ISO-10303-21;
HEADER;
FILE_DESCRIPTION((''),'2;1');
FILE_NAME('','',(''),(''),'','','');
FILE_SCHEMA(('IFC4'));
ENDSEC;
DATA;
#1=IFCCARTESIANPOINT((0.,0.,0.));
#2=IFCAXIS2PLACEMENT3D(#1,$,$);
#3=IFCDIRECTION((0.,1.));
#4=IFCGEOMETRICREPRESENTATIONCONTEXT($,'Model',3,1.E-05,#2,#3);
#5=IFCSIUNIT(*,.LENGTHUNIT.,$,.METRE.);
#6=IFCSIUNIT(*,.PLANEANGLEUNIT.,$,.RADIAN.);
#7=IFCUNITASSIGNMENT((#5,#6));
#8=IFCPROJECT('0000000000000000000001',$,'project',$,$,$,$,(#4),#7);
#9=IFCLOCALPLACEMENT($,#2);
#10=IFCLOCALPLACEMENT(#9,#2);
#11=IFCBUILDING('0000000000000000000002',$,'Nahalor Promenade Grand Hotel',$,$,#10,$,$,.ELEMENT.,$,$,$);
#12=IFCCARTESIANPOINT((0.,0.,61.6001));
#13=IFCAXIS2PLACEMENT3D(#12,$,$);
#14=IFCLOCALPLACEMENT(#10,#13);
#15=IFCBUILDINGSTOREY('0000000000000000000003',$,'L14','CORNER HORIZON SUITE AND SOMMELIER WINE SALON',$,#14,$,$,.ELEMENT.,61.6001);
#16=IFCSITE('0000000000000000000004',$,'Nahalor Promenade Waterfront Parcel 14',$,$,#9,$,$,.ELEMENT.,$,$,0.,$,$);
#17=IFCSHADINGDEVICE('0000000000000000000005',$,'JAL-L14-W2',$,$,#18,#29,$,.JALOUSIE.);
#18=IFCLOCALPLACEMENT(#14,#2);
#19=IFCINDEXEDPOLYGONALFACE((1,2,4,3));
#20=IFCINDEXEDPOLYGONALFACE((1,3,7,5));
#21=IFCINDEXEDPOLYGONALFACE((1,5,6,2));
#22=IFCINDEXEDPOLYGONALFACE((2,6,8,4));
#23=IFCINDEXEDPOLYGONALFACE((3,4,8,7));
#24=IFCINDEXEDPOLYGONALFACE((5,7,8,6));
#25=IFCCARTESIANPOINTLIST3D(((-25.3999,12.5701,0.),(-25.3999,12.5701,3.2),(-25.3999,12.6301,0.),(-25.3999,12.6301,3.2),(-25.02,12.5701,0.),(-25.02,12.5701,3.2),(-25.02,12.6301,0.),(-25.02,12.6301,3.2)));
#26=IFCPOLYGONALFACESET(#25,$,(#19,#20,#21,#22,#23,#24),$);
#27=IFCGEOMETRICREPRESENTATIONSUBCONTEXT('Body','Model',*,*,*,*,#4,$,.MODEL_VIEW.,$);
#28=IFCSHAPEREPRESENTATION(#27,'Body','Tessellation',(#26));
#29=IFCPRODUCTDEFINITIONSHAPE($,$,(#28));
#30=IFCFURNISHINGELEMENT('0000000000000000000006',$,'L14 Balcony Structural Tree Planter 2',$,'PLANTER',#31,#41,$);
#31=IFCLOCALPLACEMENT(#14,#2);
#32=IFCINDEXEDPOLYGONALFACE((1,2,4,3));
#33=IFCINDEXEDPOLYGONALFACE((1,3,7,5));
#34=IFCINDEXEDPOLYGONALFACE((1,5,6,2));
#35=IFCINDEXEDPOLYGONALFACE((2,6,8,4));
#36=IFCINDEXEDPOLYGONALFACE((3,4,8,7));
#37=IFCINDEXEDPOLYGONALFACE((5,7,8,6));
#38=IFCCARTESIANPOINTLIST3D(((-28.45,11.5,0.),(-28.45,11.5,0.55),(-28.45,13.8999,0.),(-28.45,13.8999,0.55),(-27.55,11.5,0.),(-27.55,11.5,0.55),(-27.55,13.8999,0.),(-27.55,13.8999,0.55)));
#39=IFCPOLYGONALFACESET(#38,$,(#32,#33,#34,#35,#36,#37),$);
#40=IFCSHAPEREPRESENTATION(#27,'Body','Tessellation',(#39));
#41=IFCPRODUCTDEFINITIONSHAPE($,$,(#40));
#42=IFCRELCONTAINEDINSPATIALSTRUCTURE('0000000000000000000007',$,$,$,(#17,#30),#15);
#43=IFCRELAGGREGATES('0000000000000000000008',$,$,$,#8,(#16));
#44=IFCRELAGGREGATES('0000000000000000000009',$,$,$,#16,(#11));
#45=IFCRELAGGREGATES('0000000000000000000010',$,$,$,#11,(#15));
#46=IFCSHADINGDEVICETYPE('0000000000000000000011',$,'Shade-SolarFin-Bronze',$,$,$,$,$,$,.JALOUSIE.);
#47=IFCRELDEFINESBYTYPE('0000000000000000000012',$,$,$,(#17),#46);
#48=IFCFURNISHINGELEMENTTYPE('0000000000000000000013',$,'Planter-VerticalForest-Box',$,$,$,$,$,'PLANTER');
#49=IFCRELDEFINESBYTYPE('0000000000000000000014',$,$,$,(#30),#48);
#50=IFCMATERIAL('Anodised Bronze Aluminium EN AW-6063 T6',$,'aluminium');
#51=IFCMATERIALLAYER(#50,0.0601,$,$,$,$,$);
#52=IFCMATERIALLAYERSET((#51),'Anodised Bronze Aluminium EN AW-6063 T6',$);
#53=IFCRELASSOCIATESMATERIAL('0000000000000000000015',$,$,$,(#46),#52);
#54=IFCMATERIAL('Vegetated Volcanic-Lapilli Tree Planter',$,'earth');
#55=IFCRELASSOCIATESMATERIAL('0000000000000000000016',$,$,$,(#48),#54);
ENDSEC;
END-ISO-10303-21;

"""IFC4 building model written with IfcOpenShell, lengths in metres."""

from ifc_helpers import new_model, si_unit, direction, frame, origin, origin_2d, place, context, subcontext, project, spatial, rectangle, extrude, source, transform, mapped, material, layer, layer_set, type_object, element, save


model = new_model("IFC4")

# Units and contexts
model_context = context("Model", 3, precision=1e-05, world=origin(), true_north=direction((0.0, 1.0)))
body_context = subcontext(model_context, "Body", "Model", "MODEL_VIEW")
ifc_project = project(units=[si_unit("LENGTHUNIT", "METRE"), si_unit("PLANEANGLEUNIT", "RADIAN")], contexts=[model_context])

# Site, building, storey
site_placement = place(None, origin())
site = spatial("IfcSite", under=ifc_project, at=site_placement, Name="Nahalor Promenade Waterfront Parcel 14", CompositionType="ELEMENT", RefElevation=0.0)
building_placement = place(site_placement, origin())
building = spatial("IfcBuilding", under=site, at=building_placement, Name="Nahalor Promenade Grand Hotel", CompositionType="ELEMENT")
storey_placement = place(building_placement, frame((0.0, 0.0, 61.6001)))
storey = spatial("IfcBuildingStorey", under=building, at=storey_placement, Name="L14", Description="CORNER HORIZON SUITE AND SOMMELIER WINE SALON", CompositionType="ELEMENT", Elevation=61.6001)

# Shared definitions
ifc_material_1 = material(Name="Anodised Bronze Aluminium EN AW-6063 T6", Category="aluminium")

# Shading device
ifc_layer_1 = layer(ifc_material_1, 0.0601)
ifc_layer_set_1 = layer_set([ifc_layer_1], Name="Anodised Bronze Aluminium EN AW-6063 T6")
shading_device_type = type_object("IfcShadingDeviceType", Name="Shade-SolarFin-Bronze", PredefinedType="JALOUSIE", material=ifc_layer_set_1)
shared_shape_1 = source(origin(), body_context, "Body", "SweptSolid", [
    extrude(rectangle(XDim=0.3799, YDim=0.0601, at=origin_2d()), origin(), (0.0, 0.0, 1.0), 3.2),
])
shading_device_placement = place(storey_placement, frame((-25.21, 12.6001, 0.0), z_axis=(0.0, 0.0, 1.0), x_axis=(1.0, 0.0, 0.0)))
element("IfcShadingDevice", 1, at=shading_device_placement, inside=storey, type_object=shading_device_type, Name="JAL-L14-W2", PredefinedType="JALOUSIE", context=body_context, shape_type="MappedRepresentation", body=[
    mapped(shared_shape_1, transform((0.0, 0.0, 0.0), scale=1.0)),
])

# Furnishing element
ifc_material_2 = material(Name="Vegetated Volcanic-Lapilli Tree Planter", Category="earth")
furnishing_element_type = type_object("IfcFurnishingElementType", Name="Planter-VerticalForest-Box", ElementType="PLANTER", material=ifc_material_2)
shared_shape_2 = source(origin(), body_context, "Body", "SweptSolid", [
    extrude(rectangle(XDim=2.3999, YDim=0.8999, at=origin_2d()), origin(), (0.0, 0.0, 1.0), 0.55),
])
furnishing_placement = place(storey_placement, frame((-28.0, 12.7, 0.0), z_axis=(0.0, 0.0, 1.0), x_axis=(0.0, 1.0, 0.0)))
element("IfcFurnishingElement", 2, at=furnishing_placement, inside=storey, type_object=furnishing_element_type, Name="L14 Balcony Structural Tree Planter 2", ObjectType="PLANTER", context=body_context, shape_type="MappedRepresentation", body=[
    mapped(shared_shape_2, transform((0.0, 0.0, 0.0), scale=1.0)),
])

save(model, "model.ifc")
